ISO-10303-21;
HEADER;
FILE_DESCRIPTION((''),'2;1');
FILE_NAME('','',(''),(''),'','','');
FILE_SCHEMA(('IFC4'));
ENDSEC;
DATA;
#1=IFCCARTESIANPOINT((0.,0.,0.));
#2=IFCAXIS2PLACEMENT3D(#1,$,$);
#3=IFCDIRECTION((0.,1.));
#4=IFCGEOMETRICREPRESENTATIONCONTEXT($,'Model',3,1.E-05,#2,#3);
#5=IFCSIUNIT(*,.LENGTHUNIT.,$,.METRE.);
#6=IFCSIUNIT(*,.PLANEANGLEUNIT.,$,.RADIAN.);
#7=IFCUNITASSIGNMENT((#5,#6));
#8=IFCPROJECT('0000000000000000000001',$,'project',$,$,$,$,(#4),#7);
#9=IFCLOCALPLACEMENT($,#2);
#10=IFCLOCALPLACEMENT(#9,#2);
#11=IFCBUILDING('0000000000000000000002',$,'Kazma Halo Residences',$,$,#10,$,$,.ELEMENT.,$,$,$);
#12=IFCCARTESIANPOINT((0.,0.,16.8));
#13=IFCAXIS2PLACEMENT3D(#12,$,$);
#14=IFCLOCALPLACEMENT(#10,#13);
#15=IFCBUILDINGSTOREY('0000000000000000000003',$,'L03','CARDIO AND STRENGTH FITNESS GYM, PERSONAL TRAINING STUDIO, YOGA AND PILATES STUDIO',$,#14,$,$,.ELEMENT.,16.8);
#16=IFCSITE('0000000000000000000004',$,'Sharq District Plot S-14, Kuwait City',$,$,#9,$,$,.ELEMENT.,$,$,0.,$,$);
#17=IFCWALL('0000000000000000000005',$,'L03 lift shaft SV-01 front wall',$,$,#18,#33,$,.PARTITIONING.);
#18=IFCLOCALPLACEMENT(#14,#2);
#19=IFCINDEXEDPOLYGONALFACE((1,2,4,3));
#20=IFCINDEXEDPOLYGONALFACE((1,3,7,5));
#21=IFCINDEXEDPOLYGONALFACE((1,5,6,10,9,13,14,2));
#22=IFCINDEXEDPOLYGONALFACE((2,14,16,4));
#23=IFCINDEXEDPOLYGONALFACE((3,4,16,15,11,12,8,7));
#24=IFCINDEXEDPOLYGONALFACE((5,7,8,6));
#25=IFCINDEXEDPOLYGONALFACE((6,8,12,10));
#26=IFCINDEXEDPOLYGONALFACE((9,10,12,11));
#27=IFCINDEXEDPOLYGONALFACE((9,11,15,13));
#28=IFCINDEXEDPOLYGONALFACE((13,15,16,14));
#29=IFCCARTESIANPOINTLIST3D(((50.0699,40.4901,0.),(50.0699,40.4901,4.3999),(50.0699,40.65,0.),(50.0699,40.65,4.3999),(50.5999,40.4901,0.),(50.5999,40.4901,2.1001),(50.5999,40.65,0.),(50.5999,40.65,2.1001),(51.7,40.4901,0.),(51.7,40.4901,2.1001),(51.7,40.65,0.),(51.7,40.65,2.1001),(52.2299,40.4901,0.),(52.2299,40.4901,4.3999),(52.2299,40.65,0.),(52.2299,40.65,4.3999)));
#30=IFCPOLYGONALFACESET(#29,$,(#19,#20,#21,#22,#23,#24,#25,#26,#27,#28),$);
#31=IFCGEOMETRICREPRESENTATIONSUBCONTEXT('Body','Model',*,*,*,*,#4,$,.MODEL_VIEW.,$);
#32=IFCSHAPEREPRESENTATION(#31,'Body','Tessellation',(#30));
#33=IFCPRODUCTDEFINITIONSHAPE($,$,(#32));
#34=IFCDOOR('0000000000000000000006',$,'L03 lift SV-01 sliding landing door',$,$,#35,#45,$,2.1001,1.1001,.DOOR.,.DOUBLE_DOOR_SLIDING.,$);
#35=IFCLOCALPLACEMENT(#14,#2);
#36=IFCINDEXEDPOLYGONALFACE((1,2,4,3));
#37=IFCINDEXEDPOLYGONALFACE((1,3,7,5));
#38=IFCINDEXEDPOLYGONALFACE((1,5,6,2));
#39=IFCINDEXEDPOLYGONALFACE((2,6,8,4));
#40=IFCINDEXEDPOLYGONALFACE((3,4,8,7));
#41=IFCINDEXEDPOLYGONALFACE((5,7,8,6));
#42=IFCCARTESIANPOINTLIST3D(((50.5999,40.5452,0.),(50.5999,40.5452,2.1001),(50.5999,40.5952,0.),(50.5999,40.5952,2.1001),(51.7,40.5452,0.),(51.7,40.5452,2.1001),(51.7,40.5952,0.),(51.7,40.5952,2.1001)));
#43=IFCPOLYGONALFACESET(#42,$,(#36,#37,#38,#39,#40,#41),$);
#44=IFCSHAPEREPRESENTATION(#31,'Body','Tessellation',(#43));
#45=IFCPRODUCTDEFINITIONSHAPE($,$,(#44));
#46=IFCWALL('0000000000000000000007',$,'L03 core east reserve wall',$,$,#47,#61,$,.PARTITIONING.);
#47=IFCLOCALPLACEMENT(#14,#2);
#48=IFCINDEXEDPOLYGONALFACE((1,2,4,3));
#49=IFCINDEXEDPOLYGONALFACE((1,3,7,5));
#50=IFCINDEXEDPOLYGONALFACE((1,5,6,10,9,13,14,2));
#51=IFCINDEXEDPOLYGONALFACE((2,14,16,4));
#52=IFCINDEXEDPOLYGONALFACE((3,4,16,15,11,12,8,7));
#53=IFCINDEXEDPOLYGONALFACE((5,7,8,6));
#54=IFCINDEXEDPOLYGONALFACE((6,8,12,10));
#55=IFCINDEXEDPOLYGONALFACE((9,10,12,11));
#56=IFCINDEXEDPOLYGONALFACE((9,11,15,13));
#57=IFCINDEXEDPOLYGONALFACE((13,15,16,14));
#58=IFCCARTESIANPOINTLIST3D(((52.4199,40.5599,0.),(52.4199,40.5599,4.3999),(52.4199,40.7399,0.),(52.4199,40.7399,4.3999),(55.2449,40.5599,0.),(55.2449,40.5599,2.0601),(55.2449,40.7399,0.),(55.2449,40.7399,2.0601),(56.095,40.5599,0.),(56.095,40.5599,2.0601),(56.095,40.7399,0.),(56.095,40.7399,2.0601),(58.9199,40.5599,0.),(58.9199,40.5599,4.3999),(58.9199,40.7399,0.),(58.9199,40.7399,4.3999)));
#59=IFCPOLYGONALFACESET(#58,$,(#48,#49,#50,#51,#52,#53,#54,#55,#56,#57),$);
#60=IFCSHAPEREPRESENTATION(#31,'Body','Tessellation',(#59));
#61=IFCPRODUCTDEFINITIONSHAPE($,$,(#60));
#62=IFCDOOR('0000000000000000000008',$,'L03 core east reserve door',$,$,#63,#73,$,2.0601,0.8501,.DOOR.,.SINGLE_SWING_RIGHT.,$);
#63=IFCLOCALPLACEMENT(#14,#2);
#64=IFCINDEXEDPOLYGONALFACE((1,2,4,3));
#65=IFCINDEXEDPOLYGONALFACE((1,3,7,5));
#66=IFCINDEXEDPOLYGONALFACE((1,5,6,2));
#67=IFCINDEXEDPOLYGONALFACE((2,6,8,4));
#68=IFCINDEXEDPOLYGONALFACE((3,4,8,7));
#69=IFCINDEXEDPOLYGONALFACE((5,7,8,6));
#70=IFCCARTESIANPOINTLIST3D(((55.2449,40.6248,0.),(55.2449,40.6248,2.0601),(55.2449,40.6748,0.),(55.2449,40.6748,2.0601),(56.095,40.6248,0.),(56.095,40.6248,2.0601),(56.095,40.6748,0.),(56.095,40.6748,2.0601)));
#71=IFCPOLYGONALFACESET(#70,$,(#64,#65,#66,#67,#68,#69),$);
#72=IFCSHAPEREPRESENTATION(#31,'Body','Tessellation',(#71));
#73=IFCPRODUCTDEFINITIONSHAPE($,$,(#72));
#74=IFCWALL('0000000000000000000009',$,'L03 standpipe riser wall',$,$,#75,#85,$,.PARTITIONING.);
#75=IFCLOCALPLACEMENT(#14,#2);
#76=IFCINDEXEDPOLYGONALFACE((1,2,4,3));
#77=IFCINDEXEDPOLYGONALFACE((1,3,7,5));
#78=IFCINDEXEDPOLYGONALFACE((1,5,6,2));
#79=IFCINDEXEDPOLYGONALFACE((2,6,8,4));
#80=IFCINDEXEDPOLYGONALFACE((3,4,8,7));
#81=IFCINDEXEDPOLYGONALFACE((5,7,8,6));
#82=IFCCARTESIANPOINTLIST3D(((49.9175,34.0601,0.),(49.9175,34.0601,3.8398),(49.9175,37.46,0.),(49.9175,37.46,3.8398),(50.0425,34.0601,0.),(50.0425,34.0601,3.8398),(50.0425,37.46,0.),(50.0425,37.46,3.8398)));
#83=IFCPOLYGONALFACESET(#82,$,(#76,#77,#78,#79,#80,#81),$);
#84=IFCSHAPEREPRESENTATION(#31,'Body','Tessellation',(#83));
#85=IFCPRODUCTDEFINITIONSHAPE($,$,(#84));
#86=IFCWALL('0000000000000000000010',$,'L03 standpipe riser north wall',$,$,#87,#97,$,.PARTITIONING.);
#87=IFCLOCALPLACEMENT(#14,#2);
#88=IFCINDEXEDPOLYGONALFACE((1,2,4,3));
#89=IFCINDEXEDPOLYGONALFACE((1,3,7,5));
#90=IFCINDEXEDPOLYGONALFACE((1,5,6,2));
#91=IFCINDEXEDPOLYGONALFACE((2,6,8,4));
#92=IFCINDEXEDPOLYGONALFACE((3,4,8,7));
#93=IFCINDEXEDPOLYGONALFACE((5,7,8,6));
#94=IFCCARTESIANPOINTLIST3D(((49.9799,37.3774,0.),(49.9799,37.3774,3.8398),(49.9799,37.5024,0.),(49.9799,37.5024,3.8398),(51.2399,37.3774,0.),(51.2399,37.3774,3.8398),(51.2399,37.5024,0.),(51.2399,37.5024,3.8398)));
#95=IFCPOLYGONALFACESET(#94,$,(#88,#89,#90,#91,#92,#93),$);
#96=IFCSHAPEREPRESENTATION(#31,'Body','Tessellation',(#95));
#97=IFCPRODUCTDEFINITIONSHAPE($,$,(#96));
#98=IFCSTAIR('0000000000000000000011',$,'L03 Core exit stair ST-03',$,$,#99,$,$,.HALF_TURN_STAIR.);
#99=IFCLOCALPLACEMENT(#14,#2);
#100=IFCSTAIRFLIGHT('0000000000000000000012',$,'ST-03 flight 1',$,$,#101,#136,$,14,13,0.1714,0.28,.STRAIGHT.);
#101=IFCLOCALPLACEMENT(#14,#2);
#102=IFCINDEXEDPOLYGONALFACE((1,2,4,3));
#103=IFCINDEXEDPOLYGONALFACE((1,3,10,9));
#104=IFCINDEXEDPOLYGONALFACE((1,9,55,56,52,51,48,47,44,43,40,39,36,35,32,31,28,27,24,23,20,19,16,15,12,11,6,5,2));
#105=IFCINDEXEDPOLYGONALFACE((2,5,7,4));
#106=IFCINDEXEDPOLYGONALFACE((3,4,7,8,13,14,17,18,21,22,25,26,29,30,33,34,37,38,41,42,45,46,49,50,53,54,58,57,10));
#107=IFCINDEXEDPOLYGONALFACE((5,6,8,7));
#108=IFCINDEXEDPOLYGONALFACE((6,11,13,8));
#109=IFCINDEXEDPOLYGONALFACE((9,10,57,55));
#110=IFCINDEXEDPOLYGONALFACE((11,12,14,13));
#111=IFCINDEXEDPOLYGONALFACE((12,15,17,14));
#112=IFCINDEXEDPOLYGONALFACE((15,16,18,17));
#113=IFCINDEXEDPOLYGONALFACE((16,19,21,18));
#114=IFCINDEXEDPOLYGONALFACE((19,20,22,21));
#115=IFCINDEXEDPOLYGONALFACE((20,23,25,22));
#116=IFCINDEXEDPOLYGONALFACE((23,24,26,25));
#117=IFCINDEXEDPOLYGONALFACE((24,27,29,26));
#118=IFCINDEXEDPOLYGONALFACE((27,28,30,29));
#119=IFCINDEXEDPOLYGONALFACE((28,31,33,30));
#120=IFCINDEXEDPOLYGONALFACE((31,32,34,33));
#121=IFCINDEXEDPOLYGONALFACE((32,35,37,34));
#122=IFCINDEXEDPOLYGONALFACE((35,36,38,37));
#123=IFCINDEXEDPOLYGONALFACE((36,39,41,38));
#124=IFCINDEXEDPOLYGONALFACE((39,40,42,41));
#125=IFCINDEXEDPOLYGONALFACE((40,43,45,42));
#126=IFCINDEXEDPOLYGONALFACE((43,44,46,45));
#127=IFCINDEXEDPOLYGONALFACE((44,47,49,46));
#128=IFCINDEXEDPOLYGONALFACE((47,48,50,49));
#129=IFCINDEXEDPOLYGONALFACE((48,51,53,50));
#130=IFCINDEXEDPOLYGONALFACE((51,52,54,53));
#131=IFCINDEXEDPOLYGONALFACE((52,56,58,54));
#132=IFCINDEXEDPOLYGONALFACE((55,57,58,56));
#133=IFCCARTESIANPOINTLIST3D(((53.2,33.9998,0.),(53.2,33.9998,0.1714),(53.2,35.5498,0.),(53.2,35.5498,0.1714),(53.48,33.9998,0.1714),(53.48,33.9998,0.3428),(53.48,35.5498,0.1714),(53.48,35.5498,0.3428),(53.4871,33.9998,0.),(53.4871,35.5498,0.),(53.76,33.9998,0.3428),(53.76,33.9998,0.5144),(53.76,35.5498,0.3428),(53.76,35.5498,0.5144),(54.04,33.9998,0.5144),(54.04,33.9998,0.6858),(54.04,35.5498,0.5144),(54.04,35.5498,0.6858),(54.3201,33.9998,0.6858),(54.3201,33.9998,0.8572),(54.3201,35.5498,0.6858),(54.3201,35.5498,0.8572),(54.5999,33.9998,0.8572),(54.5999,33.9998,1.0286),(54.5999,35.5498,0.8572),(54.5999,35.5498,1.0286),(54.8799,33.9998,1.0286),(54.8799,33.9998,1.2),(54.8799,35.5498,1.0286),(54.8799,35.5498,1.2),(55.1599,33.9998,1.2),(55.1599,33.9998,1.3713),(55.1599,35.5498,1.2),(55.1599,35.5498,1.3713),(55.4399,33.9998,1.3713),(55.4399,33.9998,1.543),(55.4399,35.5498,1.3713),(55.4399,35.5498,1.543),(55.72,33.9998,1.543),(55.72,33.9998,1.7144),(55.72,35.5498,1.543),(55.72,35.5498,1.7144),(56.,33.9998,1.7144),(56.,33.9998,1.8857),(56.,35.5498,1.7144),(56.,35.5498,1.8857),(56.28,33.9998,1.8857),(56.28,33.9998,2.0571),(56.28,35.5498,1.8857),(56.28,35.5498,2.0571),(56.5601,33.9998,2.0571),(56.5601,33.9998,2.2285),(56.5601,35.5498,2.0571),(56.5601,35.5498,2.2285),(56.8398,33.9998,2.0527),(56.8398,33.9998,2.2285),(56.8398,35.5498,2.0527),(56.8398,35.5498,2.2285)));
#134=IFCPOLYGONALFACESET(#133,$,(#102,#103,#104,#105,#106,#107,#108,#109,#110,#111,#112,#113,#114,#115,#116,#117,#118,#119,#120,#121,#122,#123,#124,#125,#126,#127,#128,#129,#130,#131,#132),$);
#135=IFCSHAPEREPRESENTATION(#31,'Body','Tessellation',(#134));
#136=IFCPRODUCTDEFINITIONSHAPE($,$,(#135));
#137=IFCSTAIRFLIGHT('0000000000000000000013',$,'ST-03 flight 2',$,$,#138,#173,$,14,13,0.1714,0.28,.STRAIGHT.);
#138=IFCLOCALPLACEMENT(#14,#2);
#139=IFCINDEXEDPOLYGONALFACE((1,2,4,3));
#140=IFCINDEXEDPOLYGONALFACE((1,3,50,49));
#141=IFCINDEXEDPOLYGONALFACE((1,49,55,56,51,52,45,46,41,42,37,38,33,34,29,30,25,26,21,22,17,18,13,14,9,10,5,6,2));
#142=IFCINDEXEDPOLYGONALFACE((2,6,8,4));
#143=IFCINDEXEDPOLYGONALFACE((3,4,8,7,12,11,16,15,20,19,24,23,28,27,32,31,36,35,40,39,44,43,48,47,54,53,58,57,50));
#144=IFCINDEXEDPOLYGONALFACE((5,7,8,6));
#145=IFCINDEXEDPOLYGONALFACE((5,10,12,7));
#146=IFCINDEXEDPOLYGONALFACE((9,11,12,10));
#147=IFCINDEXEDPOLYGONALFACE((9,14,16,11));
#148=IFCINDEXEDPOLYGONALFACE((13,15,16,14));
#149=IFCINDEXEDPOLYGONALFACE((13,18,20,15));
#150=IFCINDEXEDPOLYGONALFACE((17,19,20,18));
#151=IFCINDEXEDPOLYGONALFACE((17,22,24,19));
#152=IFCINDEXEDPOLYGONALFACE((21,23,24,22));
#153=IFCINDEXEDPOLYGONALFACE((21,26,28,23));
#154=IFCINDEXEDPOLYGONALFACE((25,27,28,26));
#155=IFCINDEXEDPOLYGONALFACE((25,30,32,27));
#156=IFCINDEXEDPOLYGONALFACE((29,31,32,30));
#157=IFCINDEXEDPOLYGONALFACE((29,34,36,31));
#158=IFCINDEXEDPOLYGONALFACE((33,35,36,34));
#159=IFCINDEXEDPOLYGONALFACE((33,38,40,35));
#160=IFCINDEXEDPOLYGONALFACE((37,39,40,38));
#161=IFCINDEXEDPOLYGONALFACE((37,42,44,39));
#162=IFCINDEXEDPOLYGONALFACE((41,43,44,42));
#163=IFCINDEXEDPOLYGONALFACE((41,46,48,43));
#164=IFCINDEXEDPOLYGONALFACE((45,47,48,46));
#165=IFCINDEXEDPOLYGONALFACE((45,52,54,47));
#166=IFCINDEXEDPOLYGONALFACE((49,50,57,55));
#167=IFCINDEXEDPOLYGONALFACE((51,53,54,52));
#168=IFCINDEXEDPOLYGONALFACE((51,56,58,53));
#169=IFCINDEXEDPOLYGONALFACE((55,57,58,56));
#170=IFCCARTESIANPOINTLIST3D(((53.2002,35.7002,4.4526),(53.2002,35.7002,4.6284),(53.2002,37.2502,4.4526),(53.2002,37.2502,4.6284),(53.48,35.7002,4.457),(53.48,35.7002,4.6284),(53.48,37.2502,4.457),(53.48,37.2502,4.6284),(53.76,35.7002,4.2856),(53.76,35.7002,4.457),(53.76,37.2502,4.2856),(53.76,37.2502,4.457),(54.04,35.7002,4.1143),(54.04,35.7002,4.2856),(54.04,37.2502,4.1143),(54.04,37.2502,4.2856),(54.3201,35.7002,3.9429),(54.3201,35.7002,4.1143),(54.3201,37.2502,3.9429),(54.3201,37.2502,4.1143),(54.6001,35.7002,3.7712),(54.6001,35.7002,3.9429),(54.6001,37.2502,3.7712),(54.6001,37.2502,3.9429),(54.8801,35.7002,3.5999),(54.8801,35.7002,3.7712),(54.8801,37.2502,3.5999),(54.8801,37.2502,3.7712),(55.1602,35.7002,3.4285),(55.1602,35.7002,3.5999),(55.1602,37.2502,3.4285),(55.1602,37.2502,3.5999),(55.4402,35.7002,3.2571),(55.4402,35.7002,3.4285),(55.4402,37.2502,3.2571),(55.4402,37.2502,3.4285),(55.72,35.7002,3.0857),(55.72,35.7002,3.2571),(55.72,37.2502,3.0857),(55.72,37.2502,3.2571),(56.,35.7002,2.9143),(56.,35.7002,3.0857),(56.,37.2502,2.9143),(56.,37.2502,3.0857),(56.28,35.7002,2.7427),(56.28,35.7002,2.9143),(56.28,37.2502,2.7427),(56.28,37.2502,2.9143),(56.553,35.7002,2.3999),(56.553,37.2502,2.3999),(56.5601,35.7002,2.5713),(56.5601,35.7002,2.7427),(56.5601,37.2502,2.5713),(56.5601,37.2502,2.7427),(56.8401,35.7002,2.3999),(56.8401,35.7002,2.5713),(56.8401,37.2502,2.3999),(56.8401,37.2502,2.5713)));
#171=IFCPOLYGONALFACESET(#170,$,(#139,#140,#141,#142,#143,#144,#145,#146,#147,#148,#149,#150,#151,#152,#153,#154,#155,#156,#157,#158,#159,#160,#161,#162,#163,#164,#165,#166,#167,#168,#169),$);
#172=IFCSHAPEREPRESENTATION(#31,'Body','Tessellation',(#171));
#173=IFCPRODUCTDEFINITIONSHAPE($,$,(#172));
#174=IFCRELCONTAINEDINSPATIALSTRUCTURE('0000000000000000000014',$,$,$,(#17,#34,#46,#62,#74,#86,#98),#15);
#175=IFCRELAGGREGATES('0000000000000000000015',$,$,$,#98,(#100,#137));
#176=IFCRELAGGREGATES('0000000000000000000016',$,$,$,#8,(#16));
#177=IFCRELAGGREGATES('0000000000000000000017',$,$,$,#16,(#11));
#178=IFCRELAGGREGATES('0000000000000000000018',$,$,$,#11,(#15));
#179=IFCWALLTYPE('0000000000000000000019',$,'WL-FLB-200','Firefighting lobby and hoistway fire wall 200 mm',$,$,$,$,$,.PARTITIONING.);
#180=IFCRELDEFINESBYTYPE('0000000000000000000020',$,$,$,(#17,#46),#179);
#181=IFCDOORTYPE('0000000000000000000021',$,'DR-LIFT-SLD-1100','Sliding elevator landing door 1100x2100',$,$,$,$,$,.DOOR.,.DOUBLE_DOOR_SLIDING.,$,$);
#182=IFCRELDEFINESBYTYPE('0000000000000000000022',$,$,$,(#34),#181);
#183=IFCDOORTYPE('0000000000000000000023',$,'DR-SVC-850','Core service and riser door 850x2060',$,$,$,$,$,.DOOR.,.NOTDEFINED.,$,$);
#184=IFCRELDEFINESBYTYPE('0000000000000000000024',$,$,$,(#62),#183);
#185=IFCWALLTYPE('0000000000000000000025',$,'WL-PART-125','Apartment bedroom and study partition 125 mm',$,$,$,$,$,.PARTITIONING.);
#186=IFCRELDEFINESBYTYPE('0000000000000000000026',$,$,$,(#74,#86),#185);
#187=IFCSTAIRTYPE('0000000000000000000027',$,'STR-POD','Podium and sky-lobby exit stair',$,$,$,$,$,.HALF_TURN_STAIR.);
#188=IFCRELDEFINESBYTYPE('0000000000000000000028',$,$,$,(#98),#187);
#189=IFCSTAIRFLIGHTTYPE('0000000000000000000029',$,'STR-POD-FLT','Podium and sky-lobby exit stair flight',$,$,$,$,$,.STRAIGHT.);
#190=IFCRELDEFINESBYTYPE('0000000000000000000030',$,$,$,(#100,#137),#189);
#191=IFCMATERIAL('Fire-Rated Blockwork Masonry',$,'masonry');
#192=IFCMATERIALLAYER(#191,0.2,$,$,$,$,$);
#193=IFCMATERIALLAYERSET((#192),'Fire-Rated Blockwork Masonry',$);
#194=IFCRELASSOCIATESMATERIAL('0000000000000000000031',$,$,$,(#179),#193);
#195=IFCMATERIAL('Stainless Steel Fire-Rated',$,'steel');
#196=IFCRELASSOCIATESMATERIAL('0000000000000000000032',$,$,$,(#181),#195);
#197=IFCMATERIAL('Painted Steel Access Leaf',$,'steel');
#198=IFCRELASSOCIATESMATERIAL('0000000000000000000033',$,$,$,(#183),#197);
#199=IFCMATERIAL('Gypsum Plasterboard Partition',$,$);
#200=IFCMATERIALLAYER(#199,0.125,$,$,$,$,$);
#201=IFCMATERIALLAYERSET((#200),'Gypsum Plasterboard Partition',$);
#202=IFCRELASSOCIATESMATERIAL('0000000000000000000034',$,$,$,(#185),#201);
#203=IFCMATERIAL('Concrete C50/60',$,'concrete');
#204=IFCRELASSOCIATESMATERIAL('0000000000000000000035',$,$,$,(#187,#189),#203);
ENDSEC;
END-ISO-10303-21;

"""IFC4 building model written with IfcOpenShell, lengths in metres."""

from ifc_helpers import new_model, si_unit, direction, frame, frame_2d, origin, place, context, subcontext, project, spatial, polyline, rectangle, outline, extrude, material, layer, layer_set, type_object, element, fill, aggregate, save


model = new_model("IFC4")

# Units and contexts
model_context = context("Model", 3, precision=1e-05, world=origin(), true_north=direction((0.0, 1.0)))
body_context = subcontext(model_context, "Body", "Model", "MODEL_VIEW")
ifc_project = project(units=[si_unit("LENGTHUNIT", "METRE"), si_unit("PLANEANGLEUNIT", "RADIAN")], contexts=[model_context])

# Site, building, storey
site_placement = place(None, origin())
site = spatial("IfcSite", under=ifc_project, at=site_placement, Name="Sharq District Plot S-14, Kuwait City", CompositionType="ELEMENT", RefElevation=0.0)
building_placement = place(site_placement, origin())
building = spatial("IfcBuilding", under=site, at=building_placement, Name="Kazma Halo Residences", CompositionType="ELEMENT")
storey_placement = place(building_placement, frame((0.0, 0.0, 16.8)))
storey = spatial("IfcBuildingStorey", under=building, at=storey_placement, Name="L03", Description="CARDIO AND STRENGTH FITNESS GYM, PERSONAL TRAINING STUDIO, YOGA AND PILATES STUDIO", CompositionType="ELEMENT", Elevation=16.8)

# Walls, openings, doors
ifc_material_1 = material(Name="Fire-Rated Blockwork Masonry", Category="masonry")
ifc_layer_1 = layer(ifc_material_1, 0.2)
ifc_layer_set_1 = layer_set([ifc_layer_1], Name="Fire-Rated Blockwork Masonry")
wall_type_1 = type_object("IfcWallType", Name="WL-FLB-200", Description="Firefighting lobby and hoistway fire wall 200 mm", PredefinedType="PARTITIONING", material=ifc_layer_set_1)
wall_1_placement = place(storey_placement, frame((52.23, 40.5701, 0.0), z_axis=(0.0, 0.0, 1.0), x_axis=(-1.0, 0.0, 0.0)))
wall_1 = element("IfcWall", 1, at=wall_1_placement, inside=storey, type_object=wall_type_1, Name="L03 lift shaft SV-01 front wall", PredefinedType="PARTITIONING", context=body_context, shape_type="SweptSolid", body=[
    extrude(rectangle(XDim=2.1599, YDim=0.1599, at=frame_2d((1.0801, 0.0))), origin(), (0.0, 0.0, 1.0), 4.3999),
])
opening_1_placement = place(wall_1_placement, frame((0.53, 0.0, 0.0)))
opening_1 = element("IfcOpeningElement", 2, at=opening_1_placement, cuts=wall_1, PredefinedType="OPENING", context=body_context, shape_type="SweptSolid", body=[
    extrude(rectangle(XDim=1.1001, YDim=2.1001, at=frame_2d((0.55, 1.05))), frame((0.0, 0.0898, 0.0), z_axis=(0.0, -1.0, 0.0), x_axis=(1.0, 0.0, 0.0)), (0.0, 0.0, 1.0), 0.1799),
])
ifc_material_2 = material(Name="Stainless Steel Fire-Rated", Category="steel")
door_type_1 = type_object("IfcDoorType", Name="DR-LIFT-SLD-1100", Description="Sliding elevator landing door 1100x2100", OperationType="DOUBLE_DOOR_SLIDING", PredefinedType="DOOR", material=ifc_material_2)
door_1_placement = place(opening_1_placement, origin())
door_1 = element("IfcDoor", 3, at=door_1_placement, inside=storey, type_object=door_type_1, Name="L03 lift SV-01 sliding landing door", OperationType="DOUBLE_DOOR_SLIDING", OverallHeight=2.1001, OverallWidth=1.1001, PredefinedType="DOOR", context=body_context, shape_type="SweptSolid", body=[
    extrude(rectangle(XDim=1.1001, YDim=2.1001, at=frame_2d((0.55, 1.05))), frame((0.0, 0.0249, 0.0), z_axis=(0.0, -1.0, 0.0), x_axis=(1.0, 0.0, 0.0)), (0.0, 0.0, 1.0), 0.05),
])
fill(opening_1, door_1)
wall_2_placement = place(storey_placement, frame((52.4199, 40.6499, 0.0), z_axis=(0.0, 0.0, 1.0), x_axis=(1.0, 0.0, 0.0)))
wall_2 = element("IfcWall", 4, at=wall_2_placement, inside=storey, type_object=wall_type_1, Name="L03 core east reserve wall", PredefinedType="PARTITIONING", context=body_context, shape_type="SweptSolid", body=[
    extrude(rectangle(XDim=6.5, YDim=0.1799, at=frame_2d((3.25, 0.0))), origin(), (0.0, 0.0, 1.0), 4.3999),
])
opening_2_placement = place(wall_2_placement, frame((2.825, 0.0, 0.0)))
opening_2 = element("IfcOpeningElement", 5, at=opening_2_placement, cuts=wall_2, PredefinedType="OPENING", context=body_context, shape_type="SweptSolid", body=[
    extrude(rectangle(XDim=0.8501, YDim=2.0601, at=frame_2d((0.425, 1.03))), frame((0.0, 0.0999, 0.0), z_axis=(0.0, -1.0, 0.0), x_axis=(1.0, 0.0, 0.0)), (0.0, 0.0, 1.0), 0.2),
])
ifc_material_3 = material(Name="Painted Steel Access Leaf", Category="steel")
door_type_2 = type_object("IfcDoorType", Name="DR-SVC-850", Description="Core service and riser door 850x2060", OperationType="NOTDEFINED", PredefinedType="DOOR", material=ifc_material_3)
door_2_placement = place(opening_2_placement, origin())
door_2 = element("IfcDoor", 6, at=door_2_placement, inside=storey, type_object=door_type_2, Name="L03 core east reserve door", OperationType="SINGLE_SWING_RIGHT", OverallHeight=2.0601, OverallWidth=0.8501, PredefinedType="DOOR", context=body_context, shape_type="SweptSolid", body=[
    extrude(rectangle(XDim=0.8501, YDim=2.0601, at=frame_2d((0.425, 1.03))), frame((0.0, 0.0249, 0.0), z_axis=(0.0, -1.0, 0.0), x_axis=(1.0, 0.0, 0.0)), (0.0, 0.0, 1.0), 0.05),
])
fill(opening_2, door_2)

# Walls
ifc_material_4 = material(Name="Gypsum Plasterboard Partition")
ifc_layer_2 = layer(ifc_material_4, 0.125)
ifc_layer_set_2 = layer_set([ifc_layer_2], Name="Gypsum Plasterboard Partition")
wall_type_2 = type_object("IfcWallType", Name="WL-PART-125", Description="Apartment bedroom and study partition 125 mm", PredefinedType="PARTITIONING", material=ifc_layer_set_2)
wall_3_placement = place(storey_placement, frame((49.98, 34.0601, 0.0), z_axis=(0.0, 0.0, 1.0), x_axis=(0.0, 1.0, 0.0)))
element("IfcWall", 7, at=wall_3_placement, inside=storey, type_object=wall_type_2, Name="L03 standpipe riser wall", PredefinedType="PARTITIONING", context=body_context, shape_type="SweptSolid", body=[
    extrude(rectangle(XDim=3.3999, YDim=0.125, at=frame_2d((1.7, 0.0))), origin(), (0.0, 0.0, 1.0), 3.8398),
])
wall_4_placement = place(storey_placement, frame((49.98, 37.4399, 0.0), z_axis=(0.0, 0.0, 1.0), x_axis=(1.0, 0.0, 0.0)))
element("IfcWall", 8, at=wall_4_placement, inside=storey, type_object=wall_type_2, Name="L03 standpipe riser north wall", PredefinedType="PARTITIONING", context=body_context, shape_type="SweptSolid", body=[
    extrude(rectangle(XDim=1.26, YDim=0.125, at=frame_2d((0.6299, 0.0))), origin(), (0.0, 0.0, 1.0), 3.8398),
])

# Shared definitions
ifc_material_5 = material(Name="Concrete C50/60", Category="concrete")

# Stair, stair flights
stair_type = type_object("IfcStairType", Name="STR-POD", Description="Podium and sky-lobby exit stair", PredefinedType="HALF_TURN_STAIR", material=ifc_material_5)
stair_placement = place(storey_placement, origin())
stair = element("IfcStair", 9, at=stair_placement, inside=storey, type_object=stair_type, Name="L03 Core exit stair ST-03", PredefinedType="HALF_TURN_STAIR")
stair_flight_type = type_object("IfcStairFlightType", Name="STR-POD-FLT", Description="Podium and sky-lobby exit stair flight", PredefinedType="STRAIGHT", material=ifc_material_5)
stair_flight_1_placement = place(storey_placement, frame((53.2, 34.7749, 0.0), z_axis=(0.0, 0.0, 1.0), x_axis=(1.0, 0.0, 0.0)))
stair_flight_1 = element("IfcStairFlight", 10, at=stair_flight_1_placement, type_object=stair_flight_type, Name="ST-03 flight 1", NumberOfRisers=14, NumberOfTreads=13, PredefinedType="STRAIGHT", RiserHeight=0.1714, TreadLength=0.28, context=body_context, shape_type="SweptSolid", body=[
    extrude(outline(polyline([(0.0, 0.0), (0.0, 0.1714), (0.28, 0.1714), (0.28, 0.3428), (0.5601, 0.3428), (0.5601, 0.5144), (0.8401, 0.5144), (0.8401, 0.6858), (1.1201, 0.6858), (1.1201, 0.8572), (1.3999, 0.8572), (1.3999, 1.0286), (1.6799, 1.0286), (1.6799, 1.2), (1.96, 1.2), (1.96, 1.3713), (2.24, 1.3713), (2.24, 1.543), (2.52, 1.543), (2.52, 1.7144), (2.8, 1.7144), (2.8, 1.8857), (3.0801, 1.8857), (3.0801, 2.0571), (3.3601, 2.0571), (3.3601, 2.2285), (3.6399, 2.2285), (3.6399, 2.3999), (3.6399, 2.0527), (0.2871, 0.0), (0.0, 0.0)])), frame((0.0, 0.7749, 0.0), z_axis=(0.0, -1.0, 0.0), x_axis=(1.0, 0.0, 0.0)), (0.0, 0.0, 1.0), 1.55),
])
stair_flight_2_placement = place(storey_placement, frame((56.8401, 36.4751, 2.3999), z_axis=(0.0, 0.0, 1.0), x_axis=(-1.0, 0.0, 0.0)))
stair_flight_2 = element("IfcStairFlight", 11, at=stair_flight_2_placement, type_object=stair_flight_type, Name="ST-03 flight 2", NumberOfRisers=14, NumberOfTreads=13, PredefinedType="STRAIGHT", RiserHeight=0.1714, TreadLength=0.28, context=body_context, shape_type="SweptSolid", body=[
    extrude(outline(polyline([(0.0, 0.0), (0.0, 0.1714), (0.28, 0.1714), (0.28, 0.3428), (0.5601, 0.3428), (0.5601, 0.5144), (0.8401, 0.5144), (0.8401, 0.6858), (1.1201, 0.6858), (1.1201, 0.8572), (1.3999, 0.8572), (1.3999, 1.0286), (1.6799, 1.0286), (1.6799, 1.2), (1.96, 1.2), (1.96, 1.3713), (2.24, 1.3713), (2.24, 1.543), (2.52, 1.543), (2.52, 1.7144), (2.8, 1.7144), (2.8, 1.8857), (3.0801, 1.8857), (3.0801, 2.0571), (3.3601, 2.0571), (3.3601, 2.2285), (3.6399, 2.2285), (3.6399, 2.3999), (3.6399, 2.0527), (0.2871, 0.0), (0.0, 0.0)])), frame((0.0, 0.7749, 0.0), z_axis=(0.0, -1.0, 0.0), x_axis=(1.0, 0.0, 0.0)), (0.0, 0.0, 1.0), 1.55),
])
aggregate(stair, [stair_flight_1, stair_flight_2])

save(model, "model.ifc")
